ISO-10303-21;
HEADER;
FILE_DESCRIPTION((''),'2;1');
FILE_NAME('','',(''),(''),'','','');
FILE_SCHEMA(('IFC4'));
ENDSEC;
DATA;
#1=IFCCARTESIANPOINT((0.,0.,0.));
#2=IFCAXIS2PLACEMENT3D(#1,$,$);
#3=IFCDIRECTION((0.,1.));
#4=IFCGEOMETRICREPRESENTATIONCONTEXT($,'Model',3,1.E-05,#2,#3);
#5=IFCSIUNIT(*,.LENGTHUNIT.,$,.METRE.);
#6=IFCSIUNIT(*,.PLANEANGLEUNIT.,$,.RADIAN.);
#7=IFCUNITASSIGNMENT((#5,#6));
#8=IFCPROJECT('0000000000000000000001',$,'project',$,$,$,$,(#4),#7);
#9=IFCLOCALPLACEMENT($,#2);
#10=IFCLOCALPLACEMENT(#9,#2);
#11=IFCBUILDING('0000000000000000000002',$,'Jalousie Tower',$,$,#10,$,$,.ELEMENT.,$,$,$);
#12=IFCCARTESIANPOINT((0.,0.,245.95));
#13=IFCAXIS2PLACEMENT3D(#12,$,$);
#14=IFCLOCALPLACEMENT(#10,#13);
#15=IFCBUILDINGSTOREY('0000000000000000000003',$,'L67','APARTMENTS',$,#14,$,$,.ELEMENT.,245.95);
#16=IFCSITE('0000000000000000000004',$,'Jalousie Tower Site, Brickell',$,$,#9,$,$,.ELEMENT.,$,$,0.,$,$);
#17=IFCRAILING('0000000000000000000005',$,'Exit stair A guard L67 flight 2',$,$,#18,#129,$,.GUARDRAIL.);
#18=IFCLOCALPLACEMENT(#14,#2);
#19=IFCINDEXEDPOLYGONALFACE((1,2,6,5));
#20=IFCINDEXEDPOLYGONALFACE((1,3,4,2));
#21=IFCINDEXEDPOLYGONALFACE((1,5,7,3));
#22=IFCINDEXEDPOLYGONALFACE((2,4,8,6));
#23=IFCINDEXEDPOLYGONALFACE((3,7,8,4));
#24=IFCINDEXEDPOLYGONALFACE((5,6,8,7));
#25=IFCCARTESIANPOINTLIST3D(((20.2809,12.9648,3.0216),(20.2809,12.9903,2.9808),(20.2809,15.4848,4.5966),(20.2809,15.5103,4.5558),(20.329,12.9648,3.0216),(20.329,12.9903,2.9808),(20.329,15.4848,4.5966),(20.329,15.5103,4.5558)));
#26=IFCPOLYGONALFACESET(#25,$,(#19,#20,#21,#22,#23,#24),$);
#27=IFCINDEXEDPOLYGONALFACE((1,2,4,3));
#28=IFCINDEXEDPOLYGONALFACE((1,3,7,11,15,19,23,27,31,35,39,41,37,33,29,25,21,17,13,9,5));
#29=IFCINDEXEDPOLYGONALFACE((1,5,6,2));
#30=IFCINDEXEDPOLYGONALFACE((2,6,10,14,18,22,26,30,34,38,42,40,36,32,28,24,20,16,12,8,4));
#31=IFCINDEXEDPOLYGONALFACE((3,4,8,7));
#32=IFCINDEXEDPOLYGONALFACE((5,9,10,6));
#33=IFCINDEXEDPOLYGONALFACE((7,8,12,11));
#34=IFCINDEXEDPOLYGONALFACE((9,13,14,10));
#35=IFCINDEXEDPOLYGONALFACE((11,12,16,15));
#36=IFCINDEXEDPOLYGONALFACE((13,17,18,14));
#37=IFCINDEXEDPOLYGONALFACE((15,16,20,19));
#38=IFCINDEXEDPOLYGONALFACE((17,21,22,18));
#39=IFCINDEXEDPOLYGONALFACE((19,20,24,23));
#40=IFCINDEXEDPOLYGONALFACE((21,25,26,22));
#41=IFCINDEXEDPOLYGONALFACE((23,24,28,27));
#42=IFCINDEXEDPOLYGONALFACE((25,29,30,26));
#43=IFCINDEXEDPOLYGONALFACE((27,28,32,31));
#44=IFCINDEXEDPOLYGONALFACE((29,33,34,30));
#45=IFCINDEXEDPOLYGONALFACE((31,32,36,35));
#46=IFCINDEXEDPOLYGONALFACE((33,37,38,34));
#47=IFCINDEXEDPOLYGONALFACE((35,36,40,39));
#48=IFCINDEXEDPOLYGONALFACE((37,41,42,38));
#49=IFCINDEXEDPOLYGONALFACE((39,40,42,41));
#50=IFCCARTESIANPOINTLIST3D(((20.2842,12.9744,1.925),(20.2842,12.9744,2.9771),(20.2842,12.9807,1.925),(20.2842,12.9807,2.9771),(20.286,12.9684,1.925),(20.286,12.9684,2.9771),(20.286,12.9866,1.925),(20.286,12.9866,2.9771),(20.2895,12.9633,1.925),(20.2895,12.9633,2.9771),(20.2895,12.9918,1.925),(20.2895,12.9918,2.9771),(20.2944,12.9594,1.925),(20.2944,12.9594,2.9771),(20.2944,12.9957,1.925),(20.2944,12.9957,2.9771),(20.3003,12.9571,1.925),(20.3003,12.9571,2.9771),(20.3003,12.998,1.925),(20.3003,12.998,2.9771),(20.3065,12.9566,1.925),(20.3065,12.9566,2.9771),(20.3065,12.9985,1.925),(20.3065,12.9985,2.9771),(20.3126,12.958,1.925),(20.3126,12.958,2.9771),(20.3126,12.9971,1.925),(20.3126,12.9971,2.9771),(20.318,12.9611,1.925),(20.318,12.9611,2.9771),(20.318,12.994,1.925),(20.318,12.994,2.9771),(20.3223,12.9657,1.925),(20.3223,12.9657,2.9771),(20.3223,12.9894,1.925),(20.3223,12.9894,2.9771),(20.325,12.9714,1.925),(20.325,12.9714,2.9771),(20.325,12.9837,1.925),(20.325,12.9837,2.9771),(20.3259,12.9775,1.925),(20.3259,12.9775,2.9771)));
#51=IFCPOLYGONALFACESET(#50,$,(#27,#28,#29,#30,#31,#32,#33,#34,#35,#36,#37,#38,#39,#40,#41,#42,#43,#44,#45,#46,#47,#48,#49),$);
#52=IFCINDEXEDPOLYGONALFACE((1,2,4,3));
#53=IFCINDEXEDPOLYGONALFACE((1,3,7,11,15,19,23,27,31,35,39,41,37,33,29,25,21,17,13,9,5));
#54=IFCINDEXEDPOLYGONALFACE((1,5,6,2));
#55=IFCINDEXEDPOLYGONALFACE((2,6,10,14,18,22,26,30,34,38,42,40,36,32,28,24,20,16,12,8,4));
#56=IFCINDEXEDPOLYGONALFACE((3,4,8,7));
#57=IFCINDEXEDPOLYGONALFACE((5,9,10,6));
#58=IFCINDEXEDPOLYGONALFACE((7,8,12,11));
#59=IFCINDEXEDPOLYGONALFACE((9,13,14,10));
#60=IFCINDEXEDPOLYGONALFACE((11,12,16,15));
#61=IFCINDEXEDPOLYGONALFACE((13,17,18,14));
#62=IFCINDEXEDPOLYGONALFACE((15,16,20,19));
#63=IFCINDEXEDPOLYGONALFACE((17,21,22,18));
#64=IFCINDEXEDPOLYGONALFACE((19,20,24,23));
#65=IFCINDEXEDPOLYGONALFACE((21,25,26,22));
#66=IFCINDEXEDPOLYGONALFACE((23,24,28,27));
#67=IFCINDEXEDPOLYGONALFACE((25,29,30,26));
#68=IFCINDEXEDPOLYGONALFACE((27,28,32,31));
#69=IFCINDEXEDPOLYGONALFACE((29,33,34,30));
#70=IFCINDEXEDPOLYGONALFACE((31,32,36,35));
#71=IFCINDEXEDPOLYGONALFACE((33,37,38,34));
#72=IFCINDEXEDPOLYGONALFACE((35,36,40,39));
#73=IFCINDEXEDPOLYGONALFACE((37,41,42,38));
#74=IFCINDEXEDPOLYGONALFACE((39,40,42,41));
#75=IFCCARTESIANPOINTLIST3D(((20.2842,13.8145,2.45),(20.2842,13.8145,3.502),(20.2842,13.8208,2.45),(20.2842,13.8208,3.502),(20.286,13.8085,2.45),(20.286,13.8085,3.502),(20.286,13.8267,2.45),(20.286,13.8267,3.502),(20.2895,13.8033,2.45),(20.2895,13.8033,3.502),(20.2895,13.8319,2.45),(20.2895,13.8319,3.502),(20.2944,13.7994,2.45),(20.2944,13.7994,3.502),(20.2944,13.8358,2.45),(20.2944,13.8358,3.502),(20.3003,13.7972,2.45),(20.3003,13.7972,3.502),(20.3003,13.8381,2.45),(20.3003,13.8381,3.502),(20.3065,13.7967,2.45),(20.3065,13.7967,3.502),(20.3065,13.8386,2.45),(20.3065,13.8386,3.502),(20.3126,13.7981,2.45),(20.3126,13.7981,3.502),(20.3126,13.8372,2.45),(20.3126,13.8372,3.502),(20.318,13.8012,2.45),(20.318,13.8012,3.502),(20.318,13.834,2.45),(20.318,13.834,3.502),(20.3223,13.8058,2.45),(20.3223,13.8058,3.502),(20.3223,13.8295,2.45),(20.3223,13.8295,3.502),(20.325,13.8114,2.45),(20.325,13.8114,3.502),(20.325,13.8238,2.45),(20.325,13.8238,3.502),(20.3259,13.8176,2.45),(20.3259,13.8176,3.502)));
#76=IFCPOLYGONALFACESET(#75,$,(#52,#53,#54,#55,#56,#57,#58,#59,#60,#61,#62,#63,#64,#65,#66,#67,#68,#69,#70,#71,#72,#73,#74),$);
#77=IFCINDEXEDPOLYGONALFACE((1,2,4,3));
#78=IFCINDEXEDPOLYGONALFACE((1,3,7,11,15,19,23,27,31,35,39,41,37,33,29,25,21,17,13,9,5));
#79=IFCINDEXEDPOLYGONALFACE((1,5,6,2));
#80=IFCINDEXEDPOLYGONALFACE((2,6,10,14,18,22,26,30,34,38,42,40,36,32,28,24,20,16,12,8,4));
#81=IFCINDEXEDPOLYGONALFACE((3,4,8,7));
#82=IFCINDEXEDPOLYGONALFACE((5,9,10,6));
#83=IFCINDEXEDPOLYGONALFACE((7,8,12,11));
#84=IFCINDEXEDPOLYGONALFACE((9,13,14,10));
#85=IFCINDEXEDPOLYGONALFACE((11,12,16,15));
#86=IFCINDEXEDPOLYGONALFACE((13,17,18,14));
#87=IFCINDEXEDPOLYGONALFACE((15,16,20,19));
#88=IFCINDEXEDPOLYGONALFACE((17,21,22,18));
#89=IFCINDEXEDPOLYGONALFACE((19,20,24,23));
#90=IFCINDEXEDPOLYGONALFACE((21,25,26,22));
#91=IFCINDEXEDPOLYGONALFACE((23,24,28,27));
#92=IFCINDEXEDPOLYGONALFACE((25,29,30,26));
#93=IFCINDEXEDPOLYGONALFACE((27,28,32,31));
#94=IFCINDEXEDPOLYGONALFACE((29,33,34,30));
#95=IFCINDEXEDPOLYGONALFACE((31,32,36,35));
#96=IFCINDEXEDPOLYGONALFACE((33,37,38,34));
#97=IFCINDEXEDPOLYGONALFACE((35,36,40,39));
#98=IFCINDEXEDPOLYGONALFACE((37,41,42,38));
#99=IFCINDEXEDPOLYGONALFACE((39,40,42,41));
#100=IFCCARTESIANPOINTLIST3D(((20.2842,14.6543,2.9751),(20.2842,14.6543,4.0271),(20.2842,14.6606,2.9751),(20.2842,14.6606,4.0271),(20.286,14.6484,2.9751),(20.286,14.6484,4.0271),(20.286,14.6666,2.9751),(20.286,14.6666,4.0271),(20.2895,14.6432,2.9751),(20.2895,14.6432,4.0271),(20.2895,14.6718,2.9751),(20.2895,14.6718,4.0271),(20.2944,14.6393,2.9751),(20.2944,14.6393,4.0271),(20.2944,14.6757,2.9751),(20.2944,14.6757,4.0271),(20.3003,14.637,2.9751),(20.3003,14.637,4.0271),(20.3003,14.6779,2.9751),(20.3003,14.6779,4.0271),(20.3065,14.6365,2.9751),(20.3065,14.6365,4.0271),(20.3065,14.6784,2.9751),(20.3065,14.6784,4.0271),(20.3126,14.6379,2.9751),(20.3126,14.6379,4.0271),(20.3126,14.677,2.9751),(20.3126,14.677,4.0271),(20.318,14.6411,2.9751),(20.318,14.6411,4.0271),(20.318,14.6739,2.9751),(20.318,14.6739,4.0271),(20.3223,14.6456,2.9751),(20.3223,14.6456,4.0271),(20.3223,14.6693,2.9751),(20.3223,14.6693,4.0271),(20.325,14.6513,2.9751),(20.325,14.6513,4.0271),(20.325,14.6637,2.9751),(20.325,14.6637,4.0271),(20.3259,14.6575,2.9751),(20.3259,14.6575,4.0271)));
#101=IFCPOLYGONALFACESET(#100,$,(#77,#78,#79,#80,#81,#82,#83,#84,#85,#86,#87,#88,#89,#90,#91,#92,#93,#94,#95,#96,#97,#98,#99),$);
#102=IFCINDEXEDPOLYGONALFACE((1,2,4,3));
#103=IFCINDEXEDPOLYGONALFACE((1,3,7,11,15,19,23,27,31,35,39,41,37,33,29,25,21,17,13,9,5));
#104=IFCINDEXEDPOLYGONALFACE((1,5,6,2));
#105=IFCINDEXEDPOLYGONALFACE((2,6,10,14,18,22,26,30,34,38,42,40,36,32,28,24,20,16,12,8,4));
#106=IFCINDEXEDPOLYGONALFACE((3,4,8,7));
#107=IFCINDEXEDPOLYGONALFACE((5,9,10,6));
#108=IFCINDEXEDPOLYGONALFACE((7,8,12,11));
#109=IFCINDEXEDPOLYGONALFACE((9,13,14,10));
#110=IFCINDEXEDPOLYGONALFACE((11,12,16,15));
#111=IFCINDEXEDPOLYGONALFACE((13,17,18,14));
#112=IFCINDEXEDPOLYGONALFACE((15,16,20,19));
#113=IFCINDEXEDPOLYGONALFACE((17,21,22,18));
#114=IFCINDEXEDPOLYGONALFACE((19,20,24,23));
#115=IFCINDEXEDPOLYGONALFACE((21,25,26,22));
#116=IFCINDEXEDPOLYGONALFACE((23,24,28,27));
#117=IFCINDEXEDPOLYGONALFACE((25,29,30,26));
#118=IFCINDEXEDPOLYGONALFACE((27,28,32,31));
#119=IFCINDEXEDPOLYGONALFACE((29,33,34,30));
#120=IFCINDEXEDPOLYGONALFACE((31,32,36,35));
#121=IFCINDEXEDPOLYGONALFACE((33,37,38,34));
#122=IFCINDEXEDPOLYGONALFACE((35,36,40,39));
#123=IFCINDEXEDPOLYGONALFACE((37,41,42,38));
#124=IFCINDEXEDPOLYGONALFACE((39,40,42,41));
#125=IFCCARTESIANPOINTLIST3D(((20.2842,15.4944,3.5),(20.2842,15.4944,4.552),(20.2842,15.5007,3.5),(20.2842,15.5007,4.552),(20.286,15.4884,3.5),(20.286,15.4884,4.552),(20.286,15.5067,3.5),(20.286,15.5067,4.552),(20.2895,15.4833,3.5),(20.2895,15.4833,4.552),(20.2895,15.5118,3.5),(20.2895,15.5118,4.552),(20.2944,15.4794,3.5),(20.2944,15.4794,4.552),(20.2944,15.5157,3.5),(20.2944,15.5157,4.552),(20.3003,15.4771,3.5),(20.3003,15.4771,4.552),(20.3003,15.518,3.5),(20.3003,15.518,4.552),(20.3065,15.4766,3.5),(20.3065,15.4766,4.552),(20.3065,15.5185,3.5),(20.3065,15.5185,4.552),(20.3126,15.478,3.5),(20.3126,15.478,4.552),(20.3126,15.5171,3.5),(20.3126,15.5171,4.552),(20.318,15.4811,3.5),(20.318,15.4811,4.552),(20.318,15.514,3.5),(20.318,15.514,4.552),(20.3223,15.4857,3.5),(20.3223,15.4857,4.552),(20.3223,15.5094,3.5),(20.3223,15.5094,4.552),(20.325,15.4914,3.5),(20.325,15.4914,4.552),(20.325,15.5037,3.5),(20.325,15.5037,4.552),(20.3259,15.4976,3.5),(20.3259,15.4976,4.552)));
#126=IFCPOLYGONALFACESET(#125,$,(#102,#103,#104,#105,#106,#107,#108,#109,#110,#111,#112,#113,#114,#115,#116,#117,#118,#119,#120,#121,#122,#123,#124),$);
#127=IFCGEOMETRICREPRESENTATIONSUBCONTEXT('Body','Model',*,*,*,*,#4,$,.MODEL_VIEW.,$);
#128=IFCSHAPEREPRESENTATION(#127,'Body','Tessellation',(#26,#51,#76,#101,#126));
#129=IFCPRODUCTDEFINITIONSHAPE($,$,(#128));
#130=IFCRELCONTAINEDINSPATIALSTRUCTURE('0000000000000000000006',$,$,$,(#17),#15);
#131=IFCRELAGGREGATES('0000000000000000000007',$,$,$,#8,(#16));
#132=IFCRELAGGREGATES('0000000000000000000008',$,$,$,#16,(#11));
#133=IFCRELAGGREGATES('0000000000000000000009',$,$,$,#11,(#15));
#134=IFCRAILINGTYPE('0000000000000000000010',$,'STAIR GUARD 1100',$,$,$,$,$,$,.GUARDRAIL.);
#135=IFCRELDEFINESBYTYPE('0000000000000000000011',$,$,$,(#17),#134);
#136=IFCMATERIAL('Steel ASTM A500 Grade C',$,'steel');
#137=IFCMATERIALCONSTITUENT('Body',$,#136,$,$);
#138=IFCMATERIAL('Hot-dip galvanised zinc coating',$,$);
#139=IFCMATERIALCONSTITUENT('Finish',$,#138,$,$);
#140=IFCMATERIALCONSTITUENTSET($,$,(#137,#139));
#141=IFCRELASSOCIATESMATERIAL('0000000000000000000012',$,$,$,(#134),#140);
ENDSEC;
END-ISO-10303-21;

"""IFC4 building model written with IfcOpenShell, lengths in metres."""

from ifc_helpers import new_model, si_unit, direction, frame, origin, origin_2d, place, context, subcontext, project, spatial, rectangle, circle, extrude, material, constituent, constituent_set, type_object, element, save


model = new_model("IFC4")

# Units and contexts
model_context = context("Model", 3, precision=1e-05, world=origin(), true_north=direction((0.0, 1.0)))
body_context = subcontext(model_context, "Body", "Model", "MODEL_VIEW")
ifc_project = project(units=[si_unit("LENGTHUNIT", "METRE"), si_unit("PLANEANGLEUNIT", "RADIAN")], contexts=[model_context])

# Site, building, storey
site_placement = place(None, origin())
site = spatial("IfcSite", under=ifc_project, at=site_placement, Name="Jalousie Tower Site, Brickell", CompositionType="ELEMENT", RefElevation=0.0)
building_placement = place(site_placement, origin())
building = spatial("IfcBuilding", under=site, at=building_placement, Name="Jalousie Tower", CompositionType="ELEMENT")
storey_placement = place(building_placement, frame((0.0, 0.0, 245.95)))
storey = spatial("IfcBuildingStorey", under=building, at=storey_placement, Name="L67", Description="APARTMENTS", CompositionType="ELEMENT", Elevation=245.95)

# Railing
ifc_material_1 = material(Name="Steel ASTM A500 Grade C", Category="steel")
ifc_constituent_1 = constituent(ifc_material_1, Name="Body")
ifc_material_2 = material(Name="Hot-dip galvanised zinc coating")
ifc_constituent_2 = constituent(ifc_material_2, Name="Finish")
ifc_constituent_set_1 = constituent_set(constituents=[ifc_constituent_1, ifc_constituent_2])
railing_type_1 = type_object("IfcRailingType", Name="STAIR GUARD 1100", PredefinedType="GUARDRAIL", material=ifc_constituent_set_1)
railing_1_placement = place(storey_placement, frame((20.3049, 12.9775, 1.925)))
element("IfcRailing", 1, at=railing_1_placement, inside=storey, type_object=railing_type_1, Name="Exit stair A guard L67 flight 2", PredefinedType="GUARDRAIL", context=body_context, shape_type="SweptSolid", body=[
    extrude(rectangle(XDim=0.0481, YDim=0.0481, at=origin_2d()), frame((0.0, 0.0, 1.0762), z_axis=(0.0, 0.848008, 0.529984), x_axis=(-1.0, 0.0, 0.0)), (0.0, 0.0, 1.0), 2.9717),
    extrude(circle(Radius=0.021, at=origin_2d()), origin(), (0.0, 0.0, 1.0), 1.052),
    extrude(circle(Radius=0.021, at=origin_2d()), frame((0.0, 0.8401, 0.5249)), (0.0, 0.0, 1.0), 1.052),
    extrude(circle(Radius=0.021, at=origin_2d()), frame((0.0, 1.6799, 1.05)), (0.0, 0.0, 1.0), 1.052),
    extrude(circle(Radius=0.021, at=origin_2d()), frame((0.0, 2.52, 1.575)), (0.0, 0.0, 1.0), 1.052),
])

save(model, "model.ifc")
